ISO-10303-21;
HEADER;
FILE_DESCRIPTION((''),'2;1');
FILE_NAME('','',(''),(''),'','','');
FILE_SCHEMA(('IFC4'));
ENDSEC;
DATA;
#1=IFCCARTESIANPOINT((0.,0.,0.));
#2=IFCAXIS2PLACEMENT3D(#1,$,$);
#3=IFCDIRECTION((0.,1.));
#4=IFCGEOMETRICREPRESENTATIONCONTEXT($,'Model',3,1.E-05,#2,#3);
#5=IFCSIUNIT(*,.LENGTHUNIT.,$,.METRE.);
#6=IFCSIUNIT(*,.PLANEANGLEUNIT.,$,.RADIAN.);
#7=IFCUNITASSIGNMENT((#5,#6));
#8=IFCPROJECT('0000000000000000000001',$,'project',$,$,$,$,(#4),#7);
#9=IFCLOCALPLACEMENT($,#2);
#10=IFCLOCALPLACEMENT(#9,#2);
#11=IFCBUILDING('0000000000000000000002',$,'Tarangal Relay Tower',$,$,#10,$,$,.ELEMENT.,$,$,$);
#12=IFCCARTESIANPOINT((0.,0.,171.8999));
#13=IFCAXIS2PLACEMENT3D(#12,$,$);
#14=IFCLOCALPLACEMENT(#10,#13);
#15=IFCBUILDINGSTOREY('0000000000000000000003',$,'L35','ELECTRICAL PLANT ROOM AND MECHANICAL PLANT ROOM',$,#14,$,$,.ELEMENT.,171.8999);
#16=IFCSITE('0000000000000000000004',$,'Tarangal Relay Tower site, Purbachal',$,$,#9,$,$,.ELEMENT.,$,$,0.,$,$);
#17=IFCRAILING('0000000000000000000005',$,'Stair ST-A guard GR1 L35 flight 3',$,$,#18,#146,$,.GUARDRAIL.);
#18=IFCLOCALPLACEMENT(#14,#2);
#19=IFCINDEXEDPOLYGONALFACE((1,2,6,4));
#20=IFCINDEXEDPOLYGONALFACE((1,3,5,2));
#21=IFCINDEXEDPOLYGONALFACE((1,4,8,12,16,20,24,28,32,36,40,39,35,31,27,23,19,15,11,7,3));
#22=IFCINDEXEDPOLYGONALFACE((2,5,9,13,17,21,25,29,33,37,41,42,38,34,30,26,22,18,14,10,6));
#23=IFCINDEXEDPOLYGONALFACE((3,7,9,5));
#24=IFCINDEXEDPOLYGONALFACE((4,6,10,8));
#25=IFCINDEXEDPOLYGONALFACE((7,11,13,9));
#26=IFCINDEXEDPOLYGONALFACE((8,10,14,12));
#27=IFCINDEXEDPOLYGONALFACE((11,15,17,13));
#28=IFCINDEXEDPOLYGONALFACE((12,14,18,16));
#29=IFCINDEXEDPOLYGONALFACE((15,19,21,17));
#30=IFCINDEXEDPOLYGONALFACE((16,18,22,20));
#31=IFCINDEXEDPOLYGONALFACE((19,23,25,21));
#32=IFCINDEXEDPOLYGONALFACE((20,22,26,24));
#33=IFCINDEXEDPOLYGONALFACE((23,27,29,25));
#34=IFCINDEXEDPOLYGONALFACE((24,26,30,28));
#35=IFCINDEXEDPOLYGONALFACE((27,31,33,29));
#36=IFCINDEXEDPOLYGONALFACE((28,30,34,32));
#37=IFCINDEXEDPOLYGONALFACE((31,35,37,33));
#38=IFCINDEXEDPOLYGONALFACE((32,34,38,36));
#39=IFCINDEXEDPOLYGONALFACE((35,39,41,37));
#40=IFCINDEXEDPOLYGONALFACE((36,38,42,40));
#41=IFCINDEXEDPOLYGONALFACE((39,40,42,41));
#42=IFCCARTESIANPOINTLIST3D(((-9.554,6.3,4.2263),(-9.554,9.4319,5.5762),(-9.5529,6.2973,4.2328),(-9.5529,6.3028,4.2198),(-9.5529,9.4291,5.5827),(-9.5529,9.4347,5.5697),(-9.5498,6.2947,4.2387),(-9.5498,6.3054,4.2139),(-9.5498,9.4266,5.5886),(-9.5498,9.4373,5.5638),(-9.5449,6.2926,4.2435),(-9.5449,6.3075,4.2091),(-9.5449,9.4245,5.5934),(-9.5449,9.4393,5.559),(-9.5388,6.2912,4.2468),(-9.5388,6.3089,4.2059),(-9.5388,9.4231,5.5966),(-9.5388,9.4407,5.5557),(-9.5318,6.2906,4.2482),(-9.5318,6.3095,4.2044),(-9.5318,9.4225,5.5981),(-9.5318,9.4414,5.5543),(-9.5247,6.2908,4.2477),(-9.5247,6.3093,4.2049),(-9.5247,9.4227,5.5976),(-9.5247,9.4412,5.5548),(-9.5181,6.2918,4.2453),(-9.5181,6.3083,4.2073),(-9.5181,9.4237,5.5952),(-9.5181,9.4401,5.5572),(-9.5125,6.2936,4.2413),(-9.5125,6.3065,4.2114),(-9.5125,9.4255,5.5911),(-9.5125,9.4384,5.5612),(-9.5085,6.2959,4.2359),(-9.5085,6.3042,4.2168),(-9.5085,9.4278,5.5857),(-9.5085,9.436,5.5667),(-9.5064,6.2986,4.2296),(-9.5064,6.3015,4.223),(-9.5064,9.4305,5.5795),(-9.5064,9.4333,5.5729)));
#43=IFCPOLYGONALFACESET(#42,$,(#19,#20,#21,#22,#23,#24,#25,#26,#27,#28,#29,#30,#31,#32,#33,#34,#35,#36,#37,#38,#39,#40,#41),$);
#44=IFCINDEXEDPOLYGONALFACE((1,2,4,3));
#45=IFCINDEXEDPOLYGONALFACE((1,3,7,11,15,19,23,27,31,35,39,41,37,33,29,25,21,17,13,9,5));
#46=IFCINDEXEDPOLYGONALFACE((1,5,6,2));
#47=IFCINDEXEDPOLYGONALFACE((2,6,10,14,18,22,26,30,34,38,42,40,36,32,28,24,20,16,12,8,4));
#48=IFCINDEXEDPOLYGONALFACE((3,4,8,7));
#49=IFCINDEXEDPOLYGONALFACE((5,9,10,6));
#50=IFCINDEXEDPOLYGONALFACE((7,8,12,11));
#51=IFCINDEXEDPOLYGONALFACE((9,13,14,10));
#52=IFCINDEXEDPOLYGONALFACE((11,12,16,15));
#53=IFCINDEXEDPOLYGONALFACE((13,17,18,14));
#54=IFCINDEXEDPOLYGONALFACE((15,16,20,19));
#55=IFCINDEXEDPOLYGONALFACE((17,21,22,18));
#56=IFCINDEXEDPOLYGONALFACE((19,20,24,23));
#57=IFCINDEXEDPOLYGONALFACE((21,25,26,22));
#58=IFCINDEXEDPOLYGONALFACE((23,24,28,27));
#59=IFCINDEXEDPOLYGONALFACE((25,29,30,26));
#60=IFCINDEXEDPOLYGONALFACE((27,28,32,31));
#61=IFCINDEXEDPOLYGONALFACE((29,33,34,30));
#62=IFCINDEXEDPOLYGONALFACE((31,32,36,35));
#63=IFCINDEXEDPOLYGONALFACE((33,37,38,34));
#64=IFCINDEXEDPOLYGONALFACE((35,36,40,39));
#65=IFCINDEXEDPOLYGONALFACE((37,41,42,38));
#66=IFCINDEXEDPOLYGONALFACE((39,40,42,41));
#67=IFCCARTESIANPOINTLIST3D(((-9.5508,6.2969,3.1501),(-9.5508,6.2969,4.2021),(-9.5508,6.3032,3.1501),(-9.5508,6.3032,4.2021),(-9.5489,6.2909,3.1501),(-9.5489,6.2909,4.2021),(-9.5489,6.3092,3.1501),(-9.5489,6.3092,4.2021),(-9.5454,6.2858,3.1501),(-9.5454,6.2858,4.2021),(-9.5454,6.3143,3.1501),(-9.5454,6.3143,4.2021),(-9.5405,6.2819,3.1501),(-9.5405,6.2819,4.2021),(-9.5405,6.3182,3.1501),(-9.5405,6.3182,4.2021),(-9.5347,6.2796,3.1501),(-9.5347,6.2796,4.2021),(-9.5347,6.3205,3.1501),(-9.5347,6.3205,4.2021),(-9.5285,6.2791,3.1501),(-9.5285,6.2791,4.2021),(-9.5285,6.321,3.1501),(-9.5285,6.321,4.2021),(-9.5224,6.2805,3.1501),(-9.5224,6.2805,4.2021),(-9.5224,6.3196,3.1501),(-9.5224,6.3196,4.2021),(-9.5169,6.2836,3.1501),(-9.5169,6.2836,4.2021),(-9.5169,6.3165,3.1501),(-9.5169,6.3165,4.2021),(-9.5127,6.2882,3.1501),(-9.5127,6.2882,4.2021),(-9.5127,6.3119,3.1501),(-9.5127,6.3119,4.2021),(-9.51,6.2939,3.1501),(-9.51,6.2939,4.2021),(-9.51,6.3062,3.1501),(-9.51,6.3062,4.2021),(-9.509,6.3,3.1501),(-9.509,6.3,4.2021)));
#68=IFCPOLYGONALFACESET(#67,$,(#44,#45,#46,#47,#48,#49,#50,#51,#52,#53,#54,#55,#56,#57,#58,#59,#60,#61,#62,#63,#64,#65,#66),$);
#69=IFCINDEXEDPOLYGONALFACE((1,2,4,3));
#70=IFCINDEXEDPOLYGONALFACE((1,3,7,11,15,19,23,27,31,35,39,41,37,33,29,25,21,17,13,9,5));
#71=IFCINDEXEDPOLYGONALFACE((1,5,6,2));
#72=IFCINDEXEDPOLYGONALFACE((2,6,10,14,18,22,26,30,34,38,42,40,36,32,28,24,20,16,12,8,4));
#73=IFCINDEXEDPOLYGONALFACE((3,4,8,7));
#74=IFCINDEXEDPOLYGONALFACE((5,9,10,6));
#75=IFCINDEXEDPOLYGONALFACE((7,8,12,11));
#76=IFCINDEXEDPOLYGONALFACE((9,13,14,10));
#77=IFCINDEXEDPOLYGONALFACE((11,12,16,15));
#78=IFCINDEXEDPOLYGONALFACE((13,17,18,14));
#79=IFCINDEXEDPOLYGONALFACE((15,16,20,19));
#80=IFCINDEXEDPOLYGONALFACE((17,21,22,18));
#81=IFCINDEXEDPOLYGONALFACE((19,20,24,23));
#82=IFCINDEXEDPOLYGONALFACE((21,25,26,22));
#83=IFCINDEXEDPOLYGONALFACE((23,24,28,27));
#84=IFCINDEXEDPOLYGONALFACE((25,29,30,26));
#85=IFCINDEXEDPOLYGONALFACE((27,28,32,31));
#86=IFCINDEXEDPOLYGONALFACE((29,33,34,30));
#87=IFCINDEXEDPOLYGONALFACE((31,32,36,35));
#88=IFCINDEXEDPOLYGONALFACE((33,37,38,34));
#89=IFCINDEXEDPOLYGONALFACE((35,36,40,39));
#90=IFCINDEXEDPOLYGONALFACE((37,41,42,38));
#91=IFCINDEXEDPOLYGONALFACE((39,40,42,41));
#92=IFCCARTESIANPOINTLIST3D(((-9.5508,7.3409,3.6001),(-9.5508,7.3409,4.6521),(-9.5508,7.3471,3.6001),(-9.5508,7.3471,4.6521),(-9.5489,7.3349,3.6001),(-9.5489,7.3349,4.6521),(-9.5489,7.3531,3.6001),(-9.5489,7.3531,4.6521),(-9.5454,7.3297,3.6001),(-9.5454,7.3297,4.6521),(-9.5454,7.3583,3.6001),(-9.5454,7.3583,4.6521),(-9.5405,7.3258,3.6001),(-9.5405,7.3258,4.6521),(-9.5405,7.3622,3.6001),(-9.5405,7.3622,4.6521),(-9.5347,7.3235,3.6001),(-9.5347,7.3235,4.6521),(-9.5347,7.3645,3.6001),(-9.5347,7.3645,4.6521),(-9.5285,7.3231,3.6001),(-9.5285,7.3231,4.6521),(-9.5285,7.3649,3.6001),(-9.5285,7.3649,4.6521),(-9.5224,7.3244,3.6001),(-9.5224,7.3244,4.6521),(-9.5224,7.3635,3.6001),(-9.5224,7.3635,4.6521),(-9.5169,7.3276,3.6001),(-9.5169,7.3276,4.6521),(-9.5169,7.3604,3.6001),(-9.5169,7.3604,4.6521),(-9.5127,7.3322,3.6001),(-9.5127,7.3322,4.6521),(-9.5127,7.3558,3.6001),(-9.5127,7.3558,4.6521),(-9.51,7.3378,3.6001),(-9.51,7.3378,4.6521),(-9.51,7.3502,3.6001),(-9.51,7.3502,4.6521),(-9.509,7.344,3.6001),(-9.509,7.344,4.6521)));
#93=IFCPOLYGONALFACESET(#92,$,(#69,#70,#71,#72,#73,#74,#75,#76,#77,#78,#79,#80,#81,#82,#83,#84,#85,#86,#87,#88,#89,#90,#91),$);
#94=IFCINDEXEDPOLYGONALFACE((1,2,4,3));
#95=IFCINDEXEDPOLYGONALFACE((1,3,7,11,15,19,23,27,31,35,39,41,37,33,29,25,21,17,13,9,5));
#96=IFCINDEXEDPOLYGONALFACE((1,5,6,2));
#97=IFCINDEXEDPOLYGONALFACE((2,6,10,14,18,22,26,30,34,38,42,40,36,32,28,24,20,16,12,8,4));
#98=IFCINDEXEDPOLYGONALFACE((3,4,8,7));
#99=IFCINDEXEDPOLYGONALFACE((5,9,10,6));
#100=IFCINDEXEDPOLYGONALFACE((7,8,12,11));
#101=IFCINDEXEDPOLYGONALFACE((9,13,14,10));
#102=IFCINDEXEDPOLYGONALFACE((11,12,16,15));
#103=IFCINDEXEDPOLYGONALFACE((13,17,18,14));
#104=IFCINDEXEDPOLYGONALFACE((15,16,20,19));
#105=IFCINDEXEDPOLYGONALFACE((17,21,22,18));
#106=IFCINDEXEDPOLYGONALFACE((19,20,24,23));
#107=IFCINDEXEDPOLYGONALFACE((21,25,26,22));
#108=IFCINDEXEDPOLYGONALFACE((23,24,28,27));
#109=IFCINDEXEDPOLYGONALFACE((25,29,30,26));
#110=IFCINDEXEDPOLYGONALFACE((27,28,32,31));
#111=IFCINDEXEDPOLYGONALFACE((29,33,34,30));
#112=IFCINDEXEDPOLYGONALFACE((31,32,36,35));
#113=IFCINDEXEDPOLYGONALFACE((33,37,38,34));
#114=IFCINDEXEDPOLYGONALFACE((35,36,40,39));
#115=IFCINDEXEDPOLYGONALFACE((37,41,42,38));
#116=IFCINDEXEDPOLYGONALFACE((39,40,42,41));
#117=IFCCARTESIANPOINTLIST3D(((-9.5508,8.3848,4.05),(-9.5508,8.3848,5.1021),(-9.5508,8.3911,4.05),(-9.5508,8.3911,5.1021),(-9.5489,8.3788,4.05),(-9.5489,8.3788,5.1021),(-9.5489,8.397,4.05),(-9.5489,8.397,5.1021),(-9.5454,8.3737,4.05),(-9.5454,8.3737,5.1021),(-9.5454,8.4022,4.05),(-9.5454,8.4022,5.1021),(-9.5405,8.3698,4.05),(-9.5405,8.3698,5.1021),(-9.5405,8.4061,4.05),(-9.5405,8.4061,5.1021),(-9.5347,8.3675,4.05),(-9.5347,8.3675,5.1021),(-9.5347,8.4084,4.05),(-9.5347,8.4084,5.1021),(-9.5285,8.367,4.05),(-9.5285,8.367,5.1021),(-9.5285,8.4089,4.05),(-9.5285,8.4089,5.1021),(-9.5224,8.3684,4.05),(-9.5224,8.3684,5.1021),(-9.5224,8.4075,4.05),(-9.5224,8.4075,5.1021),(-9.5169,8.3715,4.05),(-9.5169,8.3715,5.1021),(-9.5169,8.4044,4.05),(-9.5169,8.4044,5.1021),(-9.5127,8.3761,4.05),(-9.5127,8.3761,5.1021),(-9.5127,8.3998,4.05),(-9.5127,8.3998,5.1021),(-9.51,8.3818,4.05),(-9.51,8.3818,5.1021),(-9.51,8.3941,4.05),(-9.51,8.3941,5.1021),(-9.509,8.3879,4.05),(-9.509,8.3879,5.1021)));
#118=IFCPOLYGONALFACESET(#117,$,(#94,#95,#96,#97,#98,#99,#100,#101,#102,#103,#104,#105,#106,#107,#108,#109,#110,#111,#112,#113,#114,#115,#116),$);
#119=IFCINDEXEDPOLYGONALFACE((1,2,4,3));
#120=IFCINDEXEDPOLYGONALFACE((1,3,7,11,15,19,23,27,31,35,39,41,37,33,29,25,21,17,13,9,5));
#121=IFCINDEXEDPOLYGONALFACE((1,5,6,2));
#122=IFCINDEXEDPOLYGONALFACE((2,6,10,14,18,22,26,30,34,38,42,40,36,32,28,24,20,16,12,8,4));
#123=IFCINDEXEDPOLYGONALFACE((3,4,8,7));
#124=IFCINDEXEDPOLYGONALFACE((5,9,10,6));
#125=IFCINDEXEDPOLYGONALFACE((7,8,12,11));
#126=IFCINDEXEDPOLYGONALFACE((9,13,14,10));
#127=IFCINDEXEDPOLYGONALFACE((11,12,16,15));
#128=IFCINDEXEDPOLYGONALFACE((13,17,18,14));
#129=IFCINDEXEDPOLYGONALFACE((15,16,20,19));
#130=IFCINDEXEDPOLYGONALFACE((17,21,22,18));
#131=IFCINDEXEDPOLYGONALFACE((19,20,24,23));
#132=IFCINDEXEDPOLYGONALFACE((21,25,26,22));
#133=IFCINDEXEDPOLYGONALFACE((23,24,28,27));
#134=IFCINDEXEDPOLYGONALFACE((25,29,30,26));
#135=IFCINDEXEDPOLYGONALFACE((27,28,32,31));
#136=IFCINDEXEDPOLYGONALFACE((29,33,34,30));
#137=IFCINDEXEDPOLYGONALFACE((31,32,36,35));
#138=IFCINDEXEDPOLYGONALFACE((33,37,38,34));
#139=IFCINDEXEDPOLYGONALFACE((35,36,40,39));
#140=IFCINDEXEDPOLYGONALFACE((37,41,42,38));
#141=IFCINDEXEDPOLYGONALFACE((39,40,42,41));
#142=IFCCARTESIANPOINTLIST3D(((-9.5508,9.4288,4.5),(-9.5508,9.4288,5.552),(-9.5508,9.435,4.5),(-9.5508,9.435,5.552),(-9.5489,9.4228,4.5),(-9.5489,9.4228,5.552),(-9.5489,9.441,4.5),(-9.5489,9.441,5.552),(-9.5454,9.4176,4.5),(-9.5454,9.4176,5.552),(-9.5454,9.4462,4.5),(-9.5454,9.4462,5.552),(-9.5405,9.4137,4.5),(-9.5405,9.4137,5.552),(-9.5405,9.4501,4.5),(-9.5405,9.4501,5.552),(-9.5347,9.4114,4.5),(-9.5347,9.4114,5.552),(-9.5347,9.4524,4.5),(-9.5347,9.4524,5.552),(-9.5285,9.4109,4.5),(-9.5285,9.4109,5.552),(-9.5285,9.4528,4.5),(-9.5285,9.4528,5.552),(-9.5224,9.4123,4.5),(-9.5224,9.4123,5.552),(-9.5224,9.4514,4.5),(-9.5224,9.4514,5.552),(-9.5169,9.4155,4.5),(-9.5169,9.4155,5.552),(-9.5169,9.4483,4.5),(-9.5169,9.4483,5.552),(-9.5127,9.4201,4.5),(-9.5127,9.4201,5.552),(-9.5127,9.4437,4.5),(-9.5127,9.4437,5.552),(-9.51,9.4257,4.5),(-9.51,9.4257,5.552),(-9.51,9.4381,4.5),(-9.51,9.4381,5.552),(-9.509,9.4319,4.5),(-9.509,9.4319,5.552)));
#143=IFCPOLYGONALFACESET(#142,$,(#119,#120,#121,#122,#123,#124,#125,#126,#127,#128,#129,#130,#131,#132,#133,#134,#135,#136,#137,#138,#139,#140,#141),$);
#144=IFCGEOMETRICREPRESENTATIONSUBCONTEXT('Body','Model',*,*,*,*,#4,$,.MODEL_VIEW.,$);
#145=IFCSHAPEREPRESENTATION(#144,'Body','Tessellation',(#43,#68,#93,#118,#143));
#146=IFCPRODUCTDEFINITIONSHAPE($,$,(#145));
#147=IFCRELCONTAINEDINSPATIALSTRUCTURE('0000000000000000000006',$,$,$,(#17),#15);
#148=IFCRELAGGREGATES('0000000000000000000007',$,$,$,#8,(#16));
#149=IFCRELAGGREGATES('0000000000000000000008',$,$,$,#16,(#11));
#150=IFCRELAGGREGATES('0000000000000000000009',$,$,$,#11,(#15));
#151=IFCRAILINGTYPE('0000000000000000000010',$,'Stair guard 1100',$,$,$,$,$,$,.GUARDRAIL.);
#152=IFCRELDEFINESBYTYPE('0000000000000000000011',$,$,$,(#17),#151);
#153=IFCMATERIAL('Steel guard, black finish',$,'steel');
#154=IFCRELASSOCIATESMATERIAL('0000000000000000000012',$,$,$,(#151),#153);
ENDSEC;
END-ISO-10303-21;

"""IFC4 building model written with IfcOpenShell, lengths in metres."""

from ifc_helpers import new_model, si_unit, direction, frame, origin, origin_2d, place, context, subcontext, project, spatial, circle, extrude, material, type_object, element, save


model = new_model("IFC4")

# Units and contexts
model_context = context("Model", 3, precision=1e-05, world=origin(), true_north=direction((0.0, 1.0)))
body_context = subcontext(model_context, "Body", "Model", "MODEL_VIEW")
ifc_project = project(units=[si_unit("LENGTHUNIT", "METRE"), si_unit("PLANEANGLEUNIT", "RADIAN")], contexts=[model_context])

# Site, building, storey
site_placement = place(None, origin())
site = spatial("IfcSite", under=ifc_project, at=site_placement, Name="Tarangal Relay Tower site, Purbachal", CompositionType="ELEMENT", RefElevation=0.0)
building_placement = place(site_placement, origin())
building = spatial("IfcBuilding", under=site, at=building_placement, Name="Tarangal Relay Tower", CompositionType="ELEMENT")
storey_placement = place(building_placement, frame((0.0, 0.0, 171.8999)))
storey = spatial("IfcBuildingStorey", under=building, at=storey_placement, Name="L35", Description="ELECTRICAL PLANT ROOM AND MECHANICAL PLANT ROOM", CompositionType="ELEMENT", Elevation=171.8999)

# Railing
ifc_material_1 = material(Name="Steel guard, black finish", Category="steel")
railing_type_1 = type_object("IfcRailingType", Name="Stair guard 1100", PredefinedType="GUARDRAIL", material=ifc_material_1)
railing_1_placement = place(storey_placement, frame((-9.53, 6.3, 3.1501)))
element("IfcRailing", 1, at=railing_1_placement, inside=storey, type_object=railing_type_1, Name="Stair ST-A guard GR1 L35 flight 3", PredefinedType="GUARDRAIL", context=body_context, shape_type="SweptSolid", body=[
    extrude(circle(Radius=0.0239, at=origin_2d()), frame((0.0, 0.0, 1.0762), z_axis=(0.0, 0.918332, 0.395811), x_axis=(-1.0, 0.0, 0.0)), (0.0, 0.0, 1.0), 3.4104),
    extrude(circle(Radius=0.021, at=origin_2d()), origin(), (0.0, 0.0, 1.0), 1.052),
    extrude(circle(Radius=0.021, at=origin_2d()), frame((0.0, 1.0439, 0.45)), (0.0, 0.0, 1.0), 1.052),
    extrude(circle(Radius=0.021, at=origin_2d()), frame((0.0, 2.0879, 0.8999)), (0.0, 0.0, 1.0), 1.052),
    extrude(circle(Radius=0.021, at=origin_2d()), frame((0.0, 3.1318, 1.3499)), (0.0, 0.0, 1.0), 1.052),
])

save(model, "model.ifc")
